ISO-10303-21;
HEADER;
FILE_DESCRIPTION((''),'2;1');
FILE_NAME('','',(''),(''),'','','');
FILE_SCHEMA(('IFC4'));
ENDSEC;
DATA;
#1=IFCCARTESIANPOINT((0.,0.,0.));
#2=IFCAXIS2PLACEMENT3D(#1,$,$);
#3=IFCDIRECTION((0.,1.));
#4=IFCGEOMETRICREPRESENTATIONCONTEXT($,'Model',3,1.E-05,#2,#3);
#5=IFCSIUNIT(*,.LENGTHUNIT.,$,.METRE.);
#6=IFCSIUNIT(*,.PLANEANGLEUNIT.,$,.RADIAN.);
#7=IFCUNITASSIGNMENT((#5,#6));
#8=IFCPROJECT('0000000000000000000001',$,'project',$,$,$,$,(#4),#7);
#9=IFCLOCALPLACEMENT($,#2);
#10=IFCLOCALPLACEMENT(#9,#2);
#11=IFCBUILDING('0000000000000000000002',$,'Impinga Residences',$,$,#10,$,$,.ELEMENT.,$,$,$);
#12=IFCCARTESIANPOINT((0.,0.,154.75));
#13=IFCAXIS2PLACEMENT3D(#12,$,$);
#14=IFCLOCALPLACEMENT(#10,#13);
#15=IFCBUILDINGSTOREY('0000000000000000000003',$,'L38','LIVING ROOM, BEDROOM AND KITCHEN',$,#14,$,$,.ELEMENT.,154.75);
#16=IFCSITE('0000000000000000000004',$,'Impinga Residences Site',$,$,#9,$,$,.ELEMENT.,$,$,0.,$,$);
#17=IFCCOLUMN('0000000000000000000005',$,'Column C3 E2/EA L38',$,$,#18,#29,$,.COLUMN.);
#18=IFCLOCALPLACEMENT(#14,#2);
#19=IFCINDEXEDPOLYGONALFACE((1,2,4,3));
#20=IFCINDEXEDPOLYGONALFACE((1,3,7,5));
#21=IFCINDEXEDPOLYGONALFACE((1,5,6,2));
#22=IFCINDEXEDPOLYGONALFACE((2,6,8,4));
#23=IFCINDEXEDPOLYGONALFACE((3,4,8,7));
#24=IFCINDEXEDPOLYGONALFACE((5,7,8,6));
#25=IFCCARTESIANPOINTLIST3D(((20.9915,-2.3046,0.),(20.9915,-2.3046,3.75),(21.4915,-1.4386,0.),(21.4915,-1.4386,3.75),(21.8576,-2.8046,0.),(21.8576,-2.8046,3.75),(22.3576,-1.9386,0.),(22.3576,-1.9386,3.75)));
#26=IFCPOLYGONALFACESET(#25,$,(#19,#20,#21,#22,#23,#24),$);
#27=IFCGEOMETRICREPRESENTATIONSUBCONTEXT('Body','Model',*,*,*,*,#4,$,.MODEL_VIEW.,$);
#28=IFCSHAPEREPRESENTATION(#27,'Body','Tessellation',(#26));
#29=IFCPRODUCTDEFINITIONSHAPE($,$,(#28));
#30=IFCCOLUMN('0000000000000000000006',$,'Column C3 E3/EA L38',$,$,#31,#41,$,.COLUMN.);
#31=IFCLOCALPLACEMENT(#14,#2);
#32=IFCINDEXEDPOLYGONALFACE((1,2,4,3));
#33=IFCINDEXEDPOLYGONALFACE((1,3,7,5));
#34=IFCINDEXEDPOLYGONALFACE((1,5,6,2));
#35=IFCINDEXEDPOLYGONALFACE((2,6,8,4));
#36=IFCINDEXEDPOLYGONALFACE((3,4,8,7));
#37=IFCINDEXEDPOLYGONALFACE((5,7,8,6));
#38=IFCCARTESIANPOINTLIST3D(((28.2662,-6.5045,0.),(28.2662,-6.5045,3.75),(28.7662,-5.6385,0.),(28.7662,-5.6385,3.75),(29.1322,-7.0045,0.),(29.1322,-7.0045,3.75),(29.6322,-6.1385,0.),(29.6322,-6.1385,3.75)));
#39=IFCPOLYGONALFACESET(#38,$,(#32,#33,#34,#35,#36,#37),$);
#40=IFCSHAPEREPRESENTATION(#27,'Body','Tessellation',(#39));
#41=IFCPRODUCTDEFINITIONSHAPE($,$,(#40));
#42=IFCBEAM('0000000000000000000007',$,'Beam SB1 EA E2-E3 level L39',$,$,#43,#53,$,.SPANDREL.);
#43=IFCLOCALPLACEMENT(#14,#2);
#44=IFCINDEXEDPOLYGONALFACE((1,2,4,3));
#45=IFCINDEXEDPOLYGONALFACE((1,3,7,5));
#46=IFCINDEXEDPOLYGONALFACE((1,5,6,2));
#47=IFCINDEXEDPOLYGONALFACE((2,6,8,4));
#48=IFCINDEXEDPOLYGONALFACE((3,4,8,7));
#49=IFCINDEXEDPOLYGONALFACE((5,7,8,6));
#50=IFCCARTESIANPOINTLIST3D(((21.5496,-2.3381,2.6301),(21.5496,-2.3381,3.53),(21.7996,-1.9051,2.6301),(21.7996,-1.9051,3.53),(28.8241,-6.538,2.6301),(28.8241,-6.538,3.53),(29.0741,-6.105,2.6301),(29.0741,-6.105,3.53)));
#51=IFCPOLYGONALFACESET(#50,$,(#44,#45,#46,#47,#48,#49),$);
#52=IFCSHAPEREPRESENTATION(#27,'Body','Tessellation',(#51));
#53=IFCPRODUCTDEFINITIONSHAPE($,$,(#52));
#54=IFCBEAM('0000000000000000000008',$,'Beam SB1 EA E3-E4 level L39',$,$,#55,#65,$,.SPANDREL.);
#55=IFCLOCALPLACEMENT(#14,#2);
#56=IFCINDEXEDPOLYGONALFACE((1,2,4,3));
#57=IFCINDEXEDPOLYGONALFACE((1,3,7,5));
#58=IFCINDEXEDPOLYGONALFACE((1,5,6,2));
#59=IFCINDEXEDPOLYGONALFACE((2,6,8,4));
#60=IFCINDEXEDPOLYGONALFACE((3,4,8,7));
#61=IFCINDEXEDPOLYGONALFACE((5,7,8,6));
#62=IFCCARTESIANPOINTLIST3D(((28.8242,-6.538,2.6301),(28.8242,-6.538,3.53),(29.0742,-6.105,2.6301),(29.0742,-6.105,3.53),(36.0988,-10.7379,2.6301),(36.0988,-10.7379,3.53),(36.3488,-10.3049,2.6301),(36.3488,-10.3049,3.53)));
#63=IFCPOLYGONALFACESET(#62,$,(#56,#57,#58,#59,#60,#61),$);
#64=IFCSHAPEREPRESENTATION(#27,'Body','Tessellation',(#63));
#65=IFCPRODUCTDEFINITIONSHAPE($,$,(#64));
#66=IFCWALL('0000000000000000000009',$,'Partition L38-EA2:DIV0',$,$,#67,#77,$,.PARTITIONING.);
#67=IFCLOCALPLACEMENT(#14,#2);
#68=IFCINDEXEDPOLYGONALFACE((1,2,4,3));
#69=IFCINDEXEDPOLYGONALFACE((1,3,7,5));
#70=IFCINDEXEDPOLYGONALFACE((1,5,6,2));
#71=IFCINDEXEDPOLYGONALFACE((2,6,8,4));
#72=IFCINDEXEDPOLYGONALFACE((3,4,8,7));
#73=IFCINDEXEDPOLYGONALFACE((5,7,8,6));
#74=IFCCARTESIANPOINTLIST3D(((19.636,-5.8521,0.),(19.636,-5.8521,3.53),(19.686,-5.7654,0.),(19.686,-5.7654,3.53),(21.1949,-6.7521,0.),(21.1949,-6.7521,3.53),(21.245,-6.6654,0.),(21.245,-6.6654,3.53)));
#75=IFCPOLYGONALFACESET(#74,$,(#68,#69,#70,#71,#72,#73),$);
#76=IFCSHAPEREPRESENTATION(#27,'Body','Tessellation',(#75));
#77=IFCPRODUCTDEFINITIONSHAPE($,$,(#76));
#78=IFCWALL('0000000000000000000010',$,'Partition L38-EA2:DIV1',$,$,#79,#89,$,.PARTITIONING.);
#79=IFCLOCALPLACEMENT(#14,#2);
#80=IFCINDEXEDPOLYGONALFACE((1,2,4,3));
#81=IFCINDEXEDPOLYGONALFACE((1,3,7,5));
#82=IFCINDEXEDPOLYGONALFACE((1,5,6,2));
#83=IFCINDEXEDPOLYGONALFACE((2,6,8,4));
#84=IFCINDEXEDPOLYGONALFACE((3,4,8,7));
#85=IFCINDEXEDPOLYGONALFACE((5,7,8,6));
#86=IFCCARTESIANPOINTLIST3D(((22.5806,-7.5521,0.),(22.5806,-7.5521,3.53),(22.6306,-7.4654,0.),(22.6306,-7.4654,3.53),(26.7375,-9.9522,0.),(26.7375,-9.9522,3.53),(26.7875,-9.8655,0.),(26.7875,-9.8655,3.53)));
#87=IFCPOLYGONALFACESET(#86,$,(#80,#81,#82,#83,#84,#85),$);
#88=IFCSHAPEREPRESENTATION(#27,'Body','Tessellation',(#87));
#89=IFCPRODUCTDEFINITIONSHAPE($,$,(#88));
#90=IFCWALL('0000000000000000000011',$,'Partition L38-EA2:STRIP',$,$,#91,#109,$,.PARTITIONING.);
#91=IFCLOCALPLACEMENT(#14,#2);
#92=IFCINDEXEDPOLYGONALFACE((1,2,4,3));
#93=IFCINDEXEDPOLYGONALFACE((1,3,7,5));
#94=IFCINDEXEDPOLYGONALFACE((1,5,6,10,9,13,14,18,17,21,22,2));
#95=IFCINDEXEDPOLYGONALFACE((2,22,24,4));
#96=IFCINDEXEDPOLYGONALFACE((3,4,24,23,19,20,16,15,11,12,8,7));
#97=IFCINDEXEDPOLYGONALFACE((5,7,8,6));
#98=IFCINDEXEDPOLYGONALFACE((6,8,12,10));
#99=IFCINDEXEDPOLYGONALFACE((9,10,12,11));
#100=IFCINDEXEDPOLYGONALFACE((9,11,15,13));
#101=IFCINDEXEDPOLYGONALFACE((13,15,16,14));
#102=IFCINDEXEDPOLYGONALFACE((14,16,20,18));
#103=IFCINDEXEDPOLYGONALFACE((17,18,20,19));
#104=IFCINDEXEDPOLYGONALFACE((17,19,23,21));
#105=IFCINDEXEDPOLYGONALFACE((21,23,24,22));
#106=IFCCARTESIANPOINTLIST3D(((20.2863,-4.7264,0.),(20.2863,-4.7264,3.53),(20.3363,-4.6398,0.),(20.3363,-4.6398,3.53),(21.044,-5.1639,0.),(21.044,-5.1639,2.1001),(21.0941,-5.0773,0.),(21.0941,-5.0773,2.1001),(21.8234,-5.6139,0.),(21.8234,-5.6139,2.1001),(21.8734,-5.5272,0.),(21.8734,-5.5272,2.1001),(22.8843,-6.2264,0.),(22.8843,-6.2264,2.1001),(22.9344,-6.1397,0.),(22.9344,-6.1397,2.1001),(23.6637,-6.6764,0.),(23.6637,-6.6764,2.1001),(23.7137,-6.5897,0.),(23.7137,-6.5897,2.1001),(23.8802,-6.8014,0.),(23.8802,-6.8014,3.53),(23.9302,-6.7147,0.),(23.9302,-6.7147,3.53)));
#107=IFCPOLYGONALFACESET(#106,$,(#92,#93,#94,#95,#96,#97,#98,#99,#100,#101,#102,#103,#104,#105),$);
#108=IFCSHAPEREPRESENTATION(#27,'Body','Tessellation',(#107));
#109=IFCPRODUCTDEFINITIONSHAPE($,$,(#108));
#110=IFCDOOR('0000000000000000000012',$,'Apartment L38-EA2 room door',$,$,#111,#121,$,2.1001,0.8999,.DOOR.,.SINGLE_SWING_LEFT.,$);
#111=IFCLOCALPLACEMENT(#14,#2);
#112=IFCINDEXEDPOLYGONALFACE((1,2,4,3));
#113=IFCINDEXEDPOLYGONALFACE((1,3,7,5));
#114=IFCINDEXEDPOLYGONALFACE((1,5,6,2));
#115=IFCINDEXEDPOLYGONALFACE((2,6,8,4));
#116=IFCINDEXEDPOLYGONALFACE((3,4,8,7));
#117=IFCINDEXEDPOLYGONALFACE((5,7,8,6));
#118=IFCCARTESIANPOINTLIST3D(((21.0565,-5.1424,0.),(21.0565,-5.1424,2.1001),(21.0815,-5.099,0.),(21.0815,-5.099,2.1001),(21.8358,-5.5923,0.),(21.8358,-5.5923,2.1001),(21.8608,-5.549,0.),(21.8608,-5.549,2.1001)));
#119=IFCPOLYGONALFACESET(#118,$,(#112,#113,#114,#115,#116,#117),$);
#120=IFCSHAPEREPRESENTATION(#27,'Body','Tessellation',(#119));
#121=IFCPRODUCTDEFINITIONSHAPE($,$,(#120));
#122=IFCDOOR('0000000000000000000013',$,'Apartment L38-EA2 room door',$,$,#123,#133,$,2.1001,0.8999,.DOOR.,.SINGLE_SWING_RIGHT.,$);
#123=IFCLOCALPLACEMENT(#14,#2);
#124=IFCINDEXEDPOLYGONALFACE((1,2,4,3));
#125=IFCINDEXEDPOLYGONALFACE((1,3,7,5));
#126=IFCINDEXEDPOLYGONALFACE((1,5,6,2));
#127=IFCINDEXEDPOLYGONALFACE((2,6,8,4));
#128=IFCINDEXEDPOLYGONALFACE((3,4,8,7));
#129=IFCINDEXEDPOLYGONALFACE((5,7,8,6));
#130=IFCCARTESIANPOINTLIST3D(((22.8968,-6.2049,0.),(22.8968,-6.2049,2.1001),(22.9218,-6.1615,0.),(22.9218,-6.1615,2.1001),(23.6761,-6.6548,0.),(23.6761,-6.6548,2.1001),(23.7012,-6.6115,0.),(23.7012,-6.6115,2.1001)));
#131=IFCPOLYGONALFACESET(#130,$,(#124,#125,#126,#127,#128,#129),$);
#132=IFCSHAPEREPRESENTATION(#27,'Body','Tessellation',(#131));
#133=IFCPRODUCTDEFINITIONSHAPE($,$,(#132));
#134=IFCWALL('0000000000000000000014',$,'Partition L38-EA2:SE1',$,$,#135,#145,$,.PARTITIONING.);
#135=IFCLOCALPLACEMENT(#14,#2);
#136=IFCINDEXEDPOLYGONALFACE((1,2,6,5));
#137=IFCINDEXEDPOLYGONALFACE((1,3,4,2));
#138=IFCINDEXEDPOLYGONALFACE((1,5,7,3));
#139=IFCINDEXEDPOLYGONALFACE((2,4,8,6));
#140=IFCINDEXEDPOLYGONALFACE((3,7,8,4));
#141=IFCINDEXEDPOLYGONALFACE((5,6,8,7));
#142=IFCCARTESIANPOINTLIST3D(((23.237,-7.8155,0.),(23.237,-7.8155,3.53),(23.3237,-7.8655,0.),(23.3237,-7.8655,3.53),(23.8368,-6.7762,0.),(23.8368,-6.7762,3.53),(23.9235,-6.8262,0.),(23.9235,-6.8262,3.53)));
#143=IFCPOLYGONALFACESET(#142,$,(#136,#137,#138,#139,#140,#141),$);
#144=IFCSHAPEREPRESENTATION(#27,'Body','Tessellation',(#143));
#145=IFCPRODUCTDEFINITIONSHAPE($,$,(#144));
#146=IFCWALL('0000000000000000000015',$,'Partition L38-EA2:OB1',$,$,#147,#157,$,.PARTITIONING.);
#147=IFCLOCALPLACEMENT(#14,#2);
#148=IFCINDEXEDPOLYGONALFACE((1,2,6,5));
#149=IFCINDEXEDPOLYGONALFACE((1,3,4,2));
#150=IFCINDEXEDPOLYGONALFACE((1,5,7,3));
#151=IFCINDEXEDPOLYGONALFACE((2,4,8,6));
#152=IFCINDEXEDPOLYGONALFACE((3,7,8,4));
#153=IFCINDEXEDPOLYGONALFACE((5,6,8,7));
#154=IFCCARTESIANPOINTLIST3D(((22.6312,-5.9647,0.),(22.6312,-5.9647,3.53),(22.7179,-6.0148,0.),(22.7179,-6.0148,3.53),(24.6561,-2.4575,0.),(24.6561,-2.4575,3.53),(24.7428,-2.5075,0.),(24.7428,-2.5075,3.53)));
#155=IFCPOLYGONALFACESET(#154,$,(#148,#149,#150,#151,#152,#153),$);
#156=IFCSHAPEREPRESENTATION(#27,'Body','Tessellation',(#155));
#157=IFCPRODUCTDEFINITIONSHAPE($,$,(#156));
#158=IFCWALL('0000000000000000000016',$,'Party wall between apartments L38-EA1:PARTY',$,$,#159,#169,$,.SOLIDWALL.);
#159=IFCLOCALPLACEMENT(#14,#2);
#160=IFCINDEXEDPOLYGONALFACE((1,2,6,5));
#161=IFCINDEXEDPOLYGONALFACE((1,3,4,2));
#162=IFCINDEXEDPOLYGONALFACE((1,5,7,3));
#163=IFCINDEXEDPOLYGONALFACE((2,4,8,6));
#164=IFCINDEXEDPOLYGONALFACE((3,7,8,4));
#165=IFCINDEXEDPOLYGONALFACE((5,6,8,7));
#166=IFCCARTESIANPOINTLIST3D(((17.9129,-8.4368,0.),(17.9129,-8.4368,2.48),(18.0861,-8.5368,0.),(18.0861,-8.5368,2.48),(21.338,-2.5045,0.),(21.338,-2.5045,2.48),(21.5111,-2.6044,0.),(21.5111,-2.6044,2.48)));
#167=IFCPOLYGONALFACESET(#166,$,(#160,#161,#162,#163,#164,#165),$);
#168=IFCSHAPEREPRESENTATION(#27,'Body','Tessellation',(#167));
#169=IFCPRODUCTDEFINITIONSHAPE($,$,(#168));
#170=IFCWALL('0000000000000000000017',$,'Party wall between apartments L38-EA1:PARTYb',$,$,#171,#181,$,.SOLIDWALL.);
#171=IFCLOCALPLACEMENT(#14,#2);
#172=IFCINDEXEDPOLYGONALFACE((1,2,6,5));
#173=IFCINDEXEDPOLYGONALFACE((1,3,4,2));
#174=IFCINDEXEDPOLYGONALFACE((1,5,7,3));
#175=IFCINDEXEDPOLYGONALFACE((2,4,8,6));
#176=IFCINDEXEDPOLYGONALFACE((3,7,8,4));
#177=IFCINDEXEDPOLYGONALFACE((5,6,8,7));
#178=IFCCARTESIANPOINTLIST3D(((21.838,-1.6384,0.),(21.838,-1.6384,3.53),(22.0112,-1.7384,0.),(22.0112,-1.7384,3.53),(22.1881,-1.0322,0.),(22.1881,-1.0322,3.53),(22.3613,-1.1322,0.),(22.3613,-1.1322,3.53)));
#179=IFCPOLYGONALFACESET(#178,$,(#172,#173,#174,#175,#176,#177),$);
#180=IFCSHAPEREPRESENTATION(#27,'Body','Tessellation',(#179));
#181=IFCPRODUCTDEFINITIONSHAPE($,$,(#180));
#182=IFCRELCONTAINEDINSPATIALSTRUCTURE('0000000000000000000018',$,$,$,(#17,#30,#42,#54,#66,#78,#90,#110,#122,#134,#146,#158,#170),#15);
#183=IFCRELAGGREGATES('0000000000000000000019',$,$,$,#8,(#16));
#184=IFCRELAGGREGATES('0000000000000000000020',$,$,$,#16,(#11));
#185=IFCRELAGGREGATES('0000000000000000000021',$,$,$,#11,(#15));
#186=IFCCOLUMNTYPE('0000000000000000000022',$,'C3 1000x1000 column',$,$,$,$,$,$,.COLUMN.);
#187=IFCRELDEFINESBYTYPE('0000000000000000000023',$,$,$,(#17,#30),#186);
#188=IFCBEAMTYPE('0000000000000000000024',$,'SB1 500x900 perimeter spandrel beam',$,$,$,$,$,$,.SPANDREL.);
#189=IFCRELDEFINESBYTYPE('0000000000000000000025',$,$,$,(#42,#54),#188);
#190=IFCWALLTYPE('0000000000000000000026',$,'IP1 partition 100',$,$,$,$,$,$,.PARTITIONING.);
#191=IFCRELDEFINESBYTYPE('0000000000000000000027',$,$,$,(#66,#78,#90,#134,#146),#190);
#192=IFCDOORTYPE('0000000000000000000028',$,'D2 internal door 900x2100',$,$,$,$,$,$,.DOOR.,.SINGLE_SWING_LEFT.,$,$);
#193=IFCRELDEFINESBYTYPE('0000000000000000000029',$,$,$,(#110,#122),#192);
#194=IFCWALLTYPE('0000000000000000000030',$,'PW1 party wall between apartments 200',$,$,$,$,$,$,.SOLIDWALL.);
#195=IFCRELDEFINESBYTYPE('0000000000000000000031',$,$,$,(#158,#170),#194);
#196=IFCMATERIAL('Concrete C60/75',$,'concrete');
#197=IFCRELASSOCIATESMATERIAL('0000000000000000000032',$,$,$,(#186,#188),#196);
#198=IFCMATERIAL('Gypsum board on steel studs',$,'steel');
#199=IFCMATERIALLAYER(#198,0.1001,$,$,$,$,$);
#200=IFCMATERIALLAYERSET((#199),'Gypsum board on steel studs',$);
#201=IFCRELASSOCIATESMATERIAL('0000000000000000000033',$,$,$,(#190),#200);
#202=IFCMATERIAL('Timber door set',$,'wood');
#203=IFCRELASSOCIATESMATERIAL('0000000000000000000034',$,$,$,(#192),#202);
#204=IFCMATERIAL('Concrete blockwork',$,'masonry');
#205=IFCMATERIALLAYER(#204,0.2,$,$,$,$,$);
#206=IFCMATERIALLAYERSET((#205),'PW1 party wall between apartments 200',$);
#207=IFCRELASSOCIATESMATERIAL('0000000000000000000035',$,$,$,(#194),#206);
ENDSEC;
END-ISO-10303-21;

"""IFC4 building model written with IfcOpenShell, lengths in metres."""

from ifc_helpers import new_model, si_unit, direction, frame, frame_2d, origin, origin_2d, place, context, subcontext, project, spatial, rectangle, extrude, material, layer, layer_set, material_profile, profile_set, type_object, element, fill, save


model = new_model("IFC4")

# Units and contexts
model_context = context("Model", 3, precision=1e-05, world=origin(), true_north=direction((0.0, 1.0)))
body_context = subcontext(model_context, "Body", "Model", "MODEL_VIEW")
ifc_project = project(units=[si_unit("LENGTHUNIT", "METRE"), si_unit("PLANEANGLEUNIT", "RADIAN")], contexts=[model_context])

# Site, building, storey
site_placement = place(None, origin())
site = spatial("IfcSite", under=ifc_project, at=site_placement, Name="Impinga Residences Site", CompositionType="ELEMENT", RefElevation=0.0)
building_placement = place(site_placement, origin())
building = spatial("IfcBuilding", under=site, at=building_placement, Name="Impinga Residences", CompositionType="ELEMENT")
storey_placement = place(building_placement, frame((0.0, 0.0, 154.75)))
storey = spatial("IfcBuildingStorey", under=building, at=storey_placement, Name="L38", Description="LIVING ROOM, BEDROOM AND KITCHEN", CompositionType="ELEMENT", Elevation=154.75)

# Columns
ifc_material_1 = material(Name="Concrete C60/75", Category="concrete")
ifc_material_profile_1 = material_profile(ifc_material_1, rectangle(XDim=1.0, YDim=1.0, at=origin_2d()), Name="RC 1000x1000")
ifc_profile_set_1 = profile_set([ifc_material_profile_1], Name="Concrete C60/75")
column_type = type_object("IfcColumnType", Name="C3 1000x1000 column", PredefinedType="COLUMN", material=ifc_profile_set_1)
for number, where, z_axis, x_axis, name in (
    (1, (21.6746, -2.1216, 0.0), (0.0, 0.0, 1.0), (-0.5, -0.866025, 0.0), "Column C3 E2/EA L38"),
    (2, (28.9492, -6.3215, 0.0), (0.0, 0.0, 1.0), (-0.5, -0.866025, 0.0), "Column C3 E3/EA L38"),
):
    element("IfcColumn", number, at=place(storey_placement, frame(where, z_axis=z_axis, x_axis=x_axis)), inside=storey, type_object=column_type, Name=name, PredefinedType="COLUMN", context=body_context, shape_type="SweptSolid", body=[
        extrude(rectangle(XDim=1.0, YDim=1.0, at=origin_2d()), origin(), (0.0, 0.0, 1.0), 3.75),
    ])

# Beams
ifc_material_profile_2 = material_profile(ifc_material_1, rectangle(XDim=0.5, YDim=0.8999, at=origin_2d()), Name="RC 500x900")
ifc_profile_set_2 = profile_set([ifc_material_profile_2], Name="Concrete C60/75")
beam_type = type_object("IfcBeamType", Name="SB1 500x900 perimeter spandrel beam", PredefinedType="SPANDREL", material=ifc_profile_set_2)
for number, where, z_axis, x_axis, name in (
    (3, (21.6746, -2.1216, 3.0801), (0.866029, -0.499993, 0.0), (0.499993, 0.866029, 0.0), "Beam SB1 EA E2-E3 level L39"),
    (4, (28.9492, -6.3215, 3.0801), (0.866029, -0.499993, 0.0), (0.499993, 0.866029, 0.0), "Beam SB1 EA E3-E4 level L39"),
):
    element("IfcBeam", number, at=place(storey_placement, frame(where, z_axis=z_axis, x_axis=x_axis)), inside=storey, type_object=beam_type, Name=name, PredefinedType="SPANDREL", context=body_context, shape_type="SweptSolid", body=[
        extrude(rectangle(XDim=0.5, YDim=0.8999, at=origin_2d()), origin(), (0.0, 0.0, 1.0), 8.3999),
    ])

# Walls
ifc_material_2 = material(Name="Gypsum board on steel studs", Category="steel")
ifc_layer_1 = layer(ifc_material_2, 0.1001)
ifc_layer_set_1 = layer_set([ifc_layer_1], Name="Gypsum board on steel studs")
wall_type_1 = type_object("IfcWallType", Name="IP1 partition 100", PredefinedType="PARTITIONING", material=ifc_layer_set_1)
wall_1_placement = place(storey_placement, frame((19.6611, -5.8088, 0.0), z_axis=(0.0, 0.0, 1.0), x_axis=(0.866048, -0.499961, 0.0)))
element("IfcWall", 5, at=wall_1_placement, inside=storey, type_object=wall_type_1, Name="Partition L38-EA2:DIV0", PredefinedType="PARTITIONING", context=body_context, shape_type="SweptSolid", body=[
    extrude(rectangle(XDim=1.8, YDim=0.1001, at=frame_2d((0.8999, 0.0))), origin(), (0.0, 0.0, 1.0), 3.53),
])
wall_2_placement = place(storey_placement, frame((22.6057, -7.5088, 0.0), z_axis=(0.0, 0.0, 1.0), x_axis=(0.866015, -0.500017, 0.0)))
element("IfcWall", 6, at=wall_2_placement, inside=storey, type_object=wall_type_1, Name="Partition L38-EA2:DIV1", PredefinedType="PARTITIONING", context=body_context, shape_type="SweptSolid", body=[
    extrude(rectangle(XDim=4.8, YDim=0.1001, at=frame_2d((2.3999, 0.0))), origin(), (0.0, 0.0, 1.0), 3.53),
])

# Wall, openings, doors
wall_3_placement = place(storey_placement, frame((20.3113, -4.6831, 0.0), z_axis=(0.0, 0.0, 1.0), x_axis=(0.86603, -0.499992, 0.0)))
wall_3 = element("IfcWall", 7, at=wall_3_placement, inside=storey, type_object=wall_type_1, Name="Partition L38-EA2:STRIP", PredefinedType="PARTITIONING", context=body_context, shape_type="SweptSolid", body=[
    extrude(rectangle(XDim=4.1499, YDim=0.1001, at=frame_2d((2.075, 0.0))), origin(), (0.0, 0.0, 1.0), 3.53),
])
opening_1_placement = place(wall_3_placement, frame((0.875, 0.0, 0.0)))
opening_1 = element("IfcOpeningElement", 8, at=opening_1_placement, cuts=wall_3, PredefinedType="OPENING", context=body_context, shape_type="SweptSolid", body=[
    extrude(rectangle(XDim=0.8999, YDim=2.1001, at=frame_2d((0.45, 1.05))), frame((0.0, 0.0601, 0.0), z_axis=(0.0, -1.0, 0.0), x_axis=(1.0, 0.0, 0.0)), (0.0, 0.0, 1.0), 0.1201),
])
opening_2_placement = place(wall_3_placement, frame((3.0, 0.0, 0.0)))
opening_2 = element("IfcOpeningElement", 9, at=opening_2_placement, cuts=wall_3, PredefinedType="OPENING", context=body_context, shape_type="SweptSolid", body=[
    extrude(rectangle(XDim=0.8999, YDim=2.1001, at=frame_2d((0.45, 1.05))), frame((0.0, 0.0601, 0.0), z_axis=(0.0, -1.0, 0.0), x_axis=(1.0, 0.0, 0.0)), (0.0, 0.0, 1.0), 0.1201),
])
ifc_material_3 = material(Name="Timber door set", Category="wood")
door_type = type_object("IfcDoorType", Name="D2 internal door 900x2100", OperationType="SINGLE_SWING_LEFT", PredefinedType="DOOR", material=ifc_material_3)
door_1_placement = place(opening_1_placement, origin())
door_1 = element("IfcDoor", 10, at=door_1_placement, inside=storey, type_object=door_type, Name="Apartment L38-EA2 room door", OperationType="SINGLE_SWING_LEFT", OverallHeight=2.1001, OverallWidth=0.8999, PredefinedType="DOOR", context=body_context, shape_type="SweptSolid", body=[
    extrude(rectangle(XDim=0.8999, YDim=2.1001, at=frame_2d((0.45, 1.05))), frame((0.0, 0.0249, 0.0), z_axis=(0.0, -1.0, 0.0), x_axis=(1.0, 0.0, 0.0)), (0.0, 0.0, 1.0), 0.05),
])
fill(opening_1, door_1)
door_2_placement = place(opening_2_placement, origin())
door_2 = element("IfcDoor", 11, at=door_2_placement, inside=storey, type_object=door_type, Name="Apartment L38-EA2 room door", OperationType="SINGLE_SWING_RIGHT", OverallHeight=2.1001, OverallWidth=0.8999, PredefinedType="DOOR", context=body_context, shape_type="SweptSolid", body=[
    extrude(rectangle(XDim=0.8999, YDim=2.1001, at=frame_2d((0.45, 1.05))), frame((0.0, 0.0249, 0.0), z_axis=(0.0, -1.0, 0.0), x_axis=(1.0, 0.0, 0.0)), (0.0, 0.0, 1.0), 0.05),
])
fill(opening_2, door_2)

# Walls
wall_4_placement = place(storey_placement, frame((23.2803, -7.8406, 0.0), z_axis=(0.0, 0.0, 1.0), x_axis=(0.499881, 0.866094, 0.0)))
element("IfcWall", 12, at=wall_4_placement, inside=storey, type_object=wall_type_1, Name="Partition L38-EA2:SE1", PredefinedType="PARTITIONING", context=body_context, shape_type="SweptSolid", body=[
    extrude(rectangle(XDim=1.2, YDim=0.1001, at=frame_2d((0.6001, 0.0))), origin(), (0.0, 0.0, 1.0), 3.53),
])
wall_5_placement = place(storey_placement, frame((22.6746, -5.9897, 0.0), z_axis=(0.0, 0.0, 1.0), x_axis=(0.49999, 0.866031, 0.0)))
element("IfcWall", 13, at=wall_5_placement, inside=storey, type_object=wall_type_1, Name="Partition L38-EA2:OB1", PredefinedType="PARTITIONING", context=body_context, shape_type="SweptSolid", body=[
    extrude(rectangle(XDim=4.0498, YDim=0.1001, at=frame_2d((2.0249, 0.0))), origin(), (0.0, 0.0, 1.0), 3.53),
])
ifc_material_4 = material(Name="Concrete blockwork", Category="masonry")
ifc_layer_2 = layer(ifc_material_4, 0.2)
ifc_layer_set_2 = layer_set([ifc_layer_2], Name="PW1 party wall between apartments 200")
wall_type_2 = type_object("IfcWallType", Name="PW1 party wall between apartments 200", PredefinedType="SOLIDWALL", material=ifc_layer_set_2)
wall_6_placement = place(storey_placement, frame((17.9995, -8.4868, 0.0), z_axis=(0.0, 0.0, 1.0), x_axis=(0.499999, 0.866026, 0.0)))
element("IfcWall", 14, at=wall_6_placement, inside=storey, type_object=wall_type_2, Name="Party wall between apartments L38-EA1:PARTY", PredefinedType="SOLIDWALL", context=body_context, shape_type="SweptSolid", body=[
    extrude(rectangle(XDim=6.8501, YDim=0.2, at=frame_2d((3.425, 0.0))), origin(), (0.0, 0.0, 1.0), 2.48),
])
for number, where, z_axis, x_axis, name in (
    (15, (21.9246, -1.6885, 0.0), (0.0, 0.0, 1.0), (0.500115, 0.865959, 0.0), "Party wall between apartments L38-EA1:PARTYb"),
):
    element("IfcWall", number, at=place(storey_placement, frame(where, z_axis=z_axis, x_axis=x_axis)), inside=storey, type_object=wall_type_2, Name=name, PredefinedType="SOLIDWALL", context=body_context, shape_type="SweptSolid", body=[
        extrude(rectangle(XDim=0.7, YDim=0.2, at=frame_2d((0.3501, 0.0))), origin(), (0.0, 0.0, 1.0), 3.53),
    ])

save(model, "model.ifc")
